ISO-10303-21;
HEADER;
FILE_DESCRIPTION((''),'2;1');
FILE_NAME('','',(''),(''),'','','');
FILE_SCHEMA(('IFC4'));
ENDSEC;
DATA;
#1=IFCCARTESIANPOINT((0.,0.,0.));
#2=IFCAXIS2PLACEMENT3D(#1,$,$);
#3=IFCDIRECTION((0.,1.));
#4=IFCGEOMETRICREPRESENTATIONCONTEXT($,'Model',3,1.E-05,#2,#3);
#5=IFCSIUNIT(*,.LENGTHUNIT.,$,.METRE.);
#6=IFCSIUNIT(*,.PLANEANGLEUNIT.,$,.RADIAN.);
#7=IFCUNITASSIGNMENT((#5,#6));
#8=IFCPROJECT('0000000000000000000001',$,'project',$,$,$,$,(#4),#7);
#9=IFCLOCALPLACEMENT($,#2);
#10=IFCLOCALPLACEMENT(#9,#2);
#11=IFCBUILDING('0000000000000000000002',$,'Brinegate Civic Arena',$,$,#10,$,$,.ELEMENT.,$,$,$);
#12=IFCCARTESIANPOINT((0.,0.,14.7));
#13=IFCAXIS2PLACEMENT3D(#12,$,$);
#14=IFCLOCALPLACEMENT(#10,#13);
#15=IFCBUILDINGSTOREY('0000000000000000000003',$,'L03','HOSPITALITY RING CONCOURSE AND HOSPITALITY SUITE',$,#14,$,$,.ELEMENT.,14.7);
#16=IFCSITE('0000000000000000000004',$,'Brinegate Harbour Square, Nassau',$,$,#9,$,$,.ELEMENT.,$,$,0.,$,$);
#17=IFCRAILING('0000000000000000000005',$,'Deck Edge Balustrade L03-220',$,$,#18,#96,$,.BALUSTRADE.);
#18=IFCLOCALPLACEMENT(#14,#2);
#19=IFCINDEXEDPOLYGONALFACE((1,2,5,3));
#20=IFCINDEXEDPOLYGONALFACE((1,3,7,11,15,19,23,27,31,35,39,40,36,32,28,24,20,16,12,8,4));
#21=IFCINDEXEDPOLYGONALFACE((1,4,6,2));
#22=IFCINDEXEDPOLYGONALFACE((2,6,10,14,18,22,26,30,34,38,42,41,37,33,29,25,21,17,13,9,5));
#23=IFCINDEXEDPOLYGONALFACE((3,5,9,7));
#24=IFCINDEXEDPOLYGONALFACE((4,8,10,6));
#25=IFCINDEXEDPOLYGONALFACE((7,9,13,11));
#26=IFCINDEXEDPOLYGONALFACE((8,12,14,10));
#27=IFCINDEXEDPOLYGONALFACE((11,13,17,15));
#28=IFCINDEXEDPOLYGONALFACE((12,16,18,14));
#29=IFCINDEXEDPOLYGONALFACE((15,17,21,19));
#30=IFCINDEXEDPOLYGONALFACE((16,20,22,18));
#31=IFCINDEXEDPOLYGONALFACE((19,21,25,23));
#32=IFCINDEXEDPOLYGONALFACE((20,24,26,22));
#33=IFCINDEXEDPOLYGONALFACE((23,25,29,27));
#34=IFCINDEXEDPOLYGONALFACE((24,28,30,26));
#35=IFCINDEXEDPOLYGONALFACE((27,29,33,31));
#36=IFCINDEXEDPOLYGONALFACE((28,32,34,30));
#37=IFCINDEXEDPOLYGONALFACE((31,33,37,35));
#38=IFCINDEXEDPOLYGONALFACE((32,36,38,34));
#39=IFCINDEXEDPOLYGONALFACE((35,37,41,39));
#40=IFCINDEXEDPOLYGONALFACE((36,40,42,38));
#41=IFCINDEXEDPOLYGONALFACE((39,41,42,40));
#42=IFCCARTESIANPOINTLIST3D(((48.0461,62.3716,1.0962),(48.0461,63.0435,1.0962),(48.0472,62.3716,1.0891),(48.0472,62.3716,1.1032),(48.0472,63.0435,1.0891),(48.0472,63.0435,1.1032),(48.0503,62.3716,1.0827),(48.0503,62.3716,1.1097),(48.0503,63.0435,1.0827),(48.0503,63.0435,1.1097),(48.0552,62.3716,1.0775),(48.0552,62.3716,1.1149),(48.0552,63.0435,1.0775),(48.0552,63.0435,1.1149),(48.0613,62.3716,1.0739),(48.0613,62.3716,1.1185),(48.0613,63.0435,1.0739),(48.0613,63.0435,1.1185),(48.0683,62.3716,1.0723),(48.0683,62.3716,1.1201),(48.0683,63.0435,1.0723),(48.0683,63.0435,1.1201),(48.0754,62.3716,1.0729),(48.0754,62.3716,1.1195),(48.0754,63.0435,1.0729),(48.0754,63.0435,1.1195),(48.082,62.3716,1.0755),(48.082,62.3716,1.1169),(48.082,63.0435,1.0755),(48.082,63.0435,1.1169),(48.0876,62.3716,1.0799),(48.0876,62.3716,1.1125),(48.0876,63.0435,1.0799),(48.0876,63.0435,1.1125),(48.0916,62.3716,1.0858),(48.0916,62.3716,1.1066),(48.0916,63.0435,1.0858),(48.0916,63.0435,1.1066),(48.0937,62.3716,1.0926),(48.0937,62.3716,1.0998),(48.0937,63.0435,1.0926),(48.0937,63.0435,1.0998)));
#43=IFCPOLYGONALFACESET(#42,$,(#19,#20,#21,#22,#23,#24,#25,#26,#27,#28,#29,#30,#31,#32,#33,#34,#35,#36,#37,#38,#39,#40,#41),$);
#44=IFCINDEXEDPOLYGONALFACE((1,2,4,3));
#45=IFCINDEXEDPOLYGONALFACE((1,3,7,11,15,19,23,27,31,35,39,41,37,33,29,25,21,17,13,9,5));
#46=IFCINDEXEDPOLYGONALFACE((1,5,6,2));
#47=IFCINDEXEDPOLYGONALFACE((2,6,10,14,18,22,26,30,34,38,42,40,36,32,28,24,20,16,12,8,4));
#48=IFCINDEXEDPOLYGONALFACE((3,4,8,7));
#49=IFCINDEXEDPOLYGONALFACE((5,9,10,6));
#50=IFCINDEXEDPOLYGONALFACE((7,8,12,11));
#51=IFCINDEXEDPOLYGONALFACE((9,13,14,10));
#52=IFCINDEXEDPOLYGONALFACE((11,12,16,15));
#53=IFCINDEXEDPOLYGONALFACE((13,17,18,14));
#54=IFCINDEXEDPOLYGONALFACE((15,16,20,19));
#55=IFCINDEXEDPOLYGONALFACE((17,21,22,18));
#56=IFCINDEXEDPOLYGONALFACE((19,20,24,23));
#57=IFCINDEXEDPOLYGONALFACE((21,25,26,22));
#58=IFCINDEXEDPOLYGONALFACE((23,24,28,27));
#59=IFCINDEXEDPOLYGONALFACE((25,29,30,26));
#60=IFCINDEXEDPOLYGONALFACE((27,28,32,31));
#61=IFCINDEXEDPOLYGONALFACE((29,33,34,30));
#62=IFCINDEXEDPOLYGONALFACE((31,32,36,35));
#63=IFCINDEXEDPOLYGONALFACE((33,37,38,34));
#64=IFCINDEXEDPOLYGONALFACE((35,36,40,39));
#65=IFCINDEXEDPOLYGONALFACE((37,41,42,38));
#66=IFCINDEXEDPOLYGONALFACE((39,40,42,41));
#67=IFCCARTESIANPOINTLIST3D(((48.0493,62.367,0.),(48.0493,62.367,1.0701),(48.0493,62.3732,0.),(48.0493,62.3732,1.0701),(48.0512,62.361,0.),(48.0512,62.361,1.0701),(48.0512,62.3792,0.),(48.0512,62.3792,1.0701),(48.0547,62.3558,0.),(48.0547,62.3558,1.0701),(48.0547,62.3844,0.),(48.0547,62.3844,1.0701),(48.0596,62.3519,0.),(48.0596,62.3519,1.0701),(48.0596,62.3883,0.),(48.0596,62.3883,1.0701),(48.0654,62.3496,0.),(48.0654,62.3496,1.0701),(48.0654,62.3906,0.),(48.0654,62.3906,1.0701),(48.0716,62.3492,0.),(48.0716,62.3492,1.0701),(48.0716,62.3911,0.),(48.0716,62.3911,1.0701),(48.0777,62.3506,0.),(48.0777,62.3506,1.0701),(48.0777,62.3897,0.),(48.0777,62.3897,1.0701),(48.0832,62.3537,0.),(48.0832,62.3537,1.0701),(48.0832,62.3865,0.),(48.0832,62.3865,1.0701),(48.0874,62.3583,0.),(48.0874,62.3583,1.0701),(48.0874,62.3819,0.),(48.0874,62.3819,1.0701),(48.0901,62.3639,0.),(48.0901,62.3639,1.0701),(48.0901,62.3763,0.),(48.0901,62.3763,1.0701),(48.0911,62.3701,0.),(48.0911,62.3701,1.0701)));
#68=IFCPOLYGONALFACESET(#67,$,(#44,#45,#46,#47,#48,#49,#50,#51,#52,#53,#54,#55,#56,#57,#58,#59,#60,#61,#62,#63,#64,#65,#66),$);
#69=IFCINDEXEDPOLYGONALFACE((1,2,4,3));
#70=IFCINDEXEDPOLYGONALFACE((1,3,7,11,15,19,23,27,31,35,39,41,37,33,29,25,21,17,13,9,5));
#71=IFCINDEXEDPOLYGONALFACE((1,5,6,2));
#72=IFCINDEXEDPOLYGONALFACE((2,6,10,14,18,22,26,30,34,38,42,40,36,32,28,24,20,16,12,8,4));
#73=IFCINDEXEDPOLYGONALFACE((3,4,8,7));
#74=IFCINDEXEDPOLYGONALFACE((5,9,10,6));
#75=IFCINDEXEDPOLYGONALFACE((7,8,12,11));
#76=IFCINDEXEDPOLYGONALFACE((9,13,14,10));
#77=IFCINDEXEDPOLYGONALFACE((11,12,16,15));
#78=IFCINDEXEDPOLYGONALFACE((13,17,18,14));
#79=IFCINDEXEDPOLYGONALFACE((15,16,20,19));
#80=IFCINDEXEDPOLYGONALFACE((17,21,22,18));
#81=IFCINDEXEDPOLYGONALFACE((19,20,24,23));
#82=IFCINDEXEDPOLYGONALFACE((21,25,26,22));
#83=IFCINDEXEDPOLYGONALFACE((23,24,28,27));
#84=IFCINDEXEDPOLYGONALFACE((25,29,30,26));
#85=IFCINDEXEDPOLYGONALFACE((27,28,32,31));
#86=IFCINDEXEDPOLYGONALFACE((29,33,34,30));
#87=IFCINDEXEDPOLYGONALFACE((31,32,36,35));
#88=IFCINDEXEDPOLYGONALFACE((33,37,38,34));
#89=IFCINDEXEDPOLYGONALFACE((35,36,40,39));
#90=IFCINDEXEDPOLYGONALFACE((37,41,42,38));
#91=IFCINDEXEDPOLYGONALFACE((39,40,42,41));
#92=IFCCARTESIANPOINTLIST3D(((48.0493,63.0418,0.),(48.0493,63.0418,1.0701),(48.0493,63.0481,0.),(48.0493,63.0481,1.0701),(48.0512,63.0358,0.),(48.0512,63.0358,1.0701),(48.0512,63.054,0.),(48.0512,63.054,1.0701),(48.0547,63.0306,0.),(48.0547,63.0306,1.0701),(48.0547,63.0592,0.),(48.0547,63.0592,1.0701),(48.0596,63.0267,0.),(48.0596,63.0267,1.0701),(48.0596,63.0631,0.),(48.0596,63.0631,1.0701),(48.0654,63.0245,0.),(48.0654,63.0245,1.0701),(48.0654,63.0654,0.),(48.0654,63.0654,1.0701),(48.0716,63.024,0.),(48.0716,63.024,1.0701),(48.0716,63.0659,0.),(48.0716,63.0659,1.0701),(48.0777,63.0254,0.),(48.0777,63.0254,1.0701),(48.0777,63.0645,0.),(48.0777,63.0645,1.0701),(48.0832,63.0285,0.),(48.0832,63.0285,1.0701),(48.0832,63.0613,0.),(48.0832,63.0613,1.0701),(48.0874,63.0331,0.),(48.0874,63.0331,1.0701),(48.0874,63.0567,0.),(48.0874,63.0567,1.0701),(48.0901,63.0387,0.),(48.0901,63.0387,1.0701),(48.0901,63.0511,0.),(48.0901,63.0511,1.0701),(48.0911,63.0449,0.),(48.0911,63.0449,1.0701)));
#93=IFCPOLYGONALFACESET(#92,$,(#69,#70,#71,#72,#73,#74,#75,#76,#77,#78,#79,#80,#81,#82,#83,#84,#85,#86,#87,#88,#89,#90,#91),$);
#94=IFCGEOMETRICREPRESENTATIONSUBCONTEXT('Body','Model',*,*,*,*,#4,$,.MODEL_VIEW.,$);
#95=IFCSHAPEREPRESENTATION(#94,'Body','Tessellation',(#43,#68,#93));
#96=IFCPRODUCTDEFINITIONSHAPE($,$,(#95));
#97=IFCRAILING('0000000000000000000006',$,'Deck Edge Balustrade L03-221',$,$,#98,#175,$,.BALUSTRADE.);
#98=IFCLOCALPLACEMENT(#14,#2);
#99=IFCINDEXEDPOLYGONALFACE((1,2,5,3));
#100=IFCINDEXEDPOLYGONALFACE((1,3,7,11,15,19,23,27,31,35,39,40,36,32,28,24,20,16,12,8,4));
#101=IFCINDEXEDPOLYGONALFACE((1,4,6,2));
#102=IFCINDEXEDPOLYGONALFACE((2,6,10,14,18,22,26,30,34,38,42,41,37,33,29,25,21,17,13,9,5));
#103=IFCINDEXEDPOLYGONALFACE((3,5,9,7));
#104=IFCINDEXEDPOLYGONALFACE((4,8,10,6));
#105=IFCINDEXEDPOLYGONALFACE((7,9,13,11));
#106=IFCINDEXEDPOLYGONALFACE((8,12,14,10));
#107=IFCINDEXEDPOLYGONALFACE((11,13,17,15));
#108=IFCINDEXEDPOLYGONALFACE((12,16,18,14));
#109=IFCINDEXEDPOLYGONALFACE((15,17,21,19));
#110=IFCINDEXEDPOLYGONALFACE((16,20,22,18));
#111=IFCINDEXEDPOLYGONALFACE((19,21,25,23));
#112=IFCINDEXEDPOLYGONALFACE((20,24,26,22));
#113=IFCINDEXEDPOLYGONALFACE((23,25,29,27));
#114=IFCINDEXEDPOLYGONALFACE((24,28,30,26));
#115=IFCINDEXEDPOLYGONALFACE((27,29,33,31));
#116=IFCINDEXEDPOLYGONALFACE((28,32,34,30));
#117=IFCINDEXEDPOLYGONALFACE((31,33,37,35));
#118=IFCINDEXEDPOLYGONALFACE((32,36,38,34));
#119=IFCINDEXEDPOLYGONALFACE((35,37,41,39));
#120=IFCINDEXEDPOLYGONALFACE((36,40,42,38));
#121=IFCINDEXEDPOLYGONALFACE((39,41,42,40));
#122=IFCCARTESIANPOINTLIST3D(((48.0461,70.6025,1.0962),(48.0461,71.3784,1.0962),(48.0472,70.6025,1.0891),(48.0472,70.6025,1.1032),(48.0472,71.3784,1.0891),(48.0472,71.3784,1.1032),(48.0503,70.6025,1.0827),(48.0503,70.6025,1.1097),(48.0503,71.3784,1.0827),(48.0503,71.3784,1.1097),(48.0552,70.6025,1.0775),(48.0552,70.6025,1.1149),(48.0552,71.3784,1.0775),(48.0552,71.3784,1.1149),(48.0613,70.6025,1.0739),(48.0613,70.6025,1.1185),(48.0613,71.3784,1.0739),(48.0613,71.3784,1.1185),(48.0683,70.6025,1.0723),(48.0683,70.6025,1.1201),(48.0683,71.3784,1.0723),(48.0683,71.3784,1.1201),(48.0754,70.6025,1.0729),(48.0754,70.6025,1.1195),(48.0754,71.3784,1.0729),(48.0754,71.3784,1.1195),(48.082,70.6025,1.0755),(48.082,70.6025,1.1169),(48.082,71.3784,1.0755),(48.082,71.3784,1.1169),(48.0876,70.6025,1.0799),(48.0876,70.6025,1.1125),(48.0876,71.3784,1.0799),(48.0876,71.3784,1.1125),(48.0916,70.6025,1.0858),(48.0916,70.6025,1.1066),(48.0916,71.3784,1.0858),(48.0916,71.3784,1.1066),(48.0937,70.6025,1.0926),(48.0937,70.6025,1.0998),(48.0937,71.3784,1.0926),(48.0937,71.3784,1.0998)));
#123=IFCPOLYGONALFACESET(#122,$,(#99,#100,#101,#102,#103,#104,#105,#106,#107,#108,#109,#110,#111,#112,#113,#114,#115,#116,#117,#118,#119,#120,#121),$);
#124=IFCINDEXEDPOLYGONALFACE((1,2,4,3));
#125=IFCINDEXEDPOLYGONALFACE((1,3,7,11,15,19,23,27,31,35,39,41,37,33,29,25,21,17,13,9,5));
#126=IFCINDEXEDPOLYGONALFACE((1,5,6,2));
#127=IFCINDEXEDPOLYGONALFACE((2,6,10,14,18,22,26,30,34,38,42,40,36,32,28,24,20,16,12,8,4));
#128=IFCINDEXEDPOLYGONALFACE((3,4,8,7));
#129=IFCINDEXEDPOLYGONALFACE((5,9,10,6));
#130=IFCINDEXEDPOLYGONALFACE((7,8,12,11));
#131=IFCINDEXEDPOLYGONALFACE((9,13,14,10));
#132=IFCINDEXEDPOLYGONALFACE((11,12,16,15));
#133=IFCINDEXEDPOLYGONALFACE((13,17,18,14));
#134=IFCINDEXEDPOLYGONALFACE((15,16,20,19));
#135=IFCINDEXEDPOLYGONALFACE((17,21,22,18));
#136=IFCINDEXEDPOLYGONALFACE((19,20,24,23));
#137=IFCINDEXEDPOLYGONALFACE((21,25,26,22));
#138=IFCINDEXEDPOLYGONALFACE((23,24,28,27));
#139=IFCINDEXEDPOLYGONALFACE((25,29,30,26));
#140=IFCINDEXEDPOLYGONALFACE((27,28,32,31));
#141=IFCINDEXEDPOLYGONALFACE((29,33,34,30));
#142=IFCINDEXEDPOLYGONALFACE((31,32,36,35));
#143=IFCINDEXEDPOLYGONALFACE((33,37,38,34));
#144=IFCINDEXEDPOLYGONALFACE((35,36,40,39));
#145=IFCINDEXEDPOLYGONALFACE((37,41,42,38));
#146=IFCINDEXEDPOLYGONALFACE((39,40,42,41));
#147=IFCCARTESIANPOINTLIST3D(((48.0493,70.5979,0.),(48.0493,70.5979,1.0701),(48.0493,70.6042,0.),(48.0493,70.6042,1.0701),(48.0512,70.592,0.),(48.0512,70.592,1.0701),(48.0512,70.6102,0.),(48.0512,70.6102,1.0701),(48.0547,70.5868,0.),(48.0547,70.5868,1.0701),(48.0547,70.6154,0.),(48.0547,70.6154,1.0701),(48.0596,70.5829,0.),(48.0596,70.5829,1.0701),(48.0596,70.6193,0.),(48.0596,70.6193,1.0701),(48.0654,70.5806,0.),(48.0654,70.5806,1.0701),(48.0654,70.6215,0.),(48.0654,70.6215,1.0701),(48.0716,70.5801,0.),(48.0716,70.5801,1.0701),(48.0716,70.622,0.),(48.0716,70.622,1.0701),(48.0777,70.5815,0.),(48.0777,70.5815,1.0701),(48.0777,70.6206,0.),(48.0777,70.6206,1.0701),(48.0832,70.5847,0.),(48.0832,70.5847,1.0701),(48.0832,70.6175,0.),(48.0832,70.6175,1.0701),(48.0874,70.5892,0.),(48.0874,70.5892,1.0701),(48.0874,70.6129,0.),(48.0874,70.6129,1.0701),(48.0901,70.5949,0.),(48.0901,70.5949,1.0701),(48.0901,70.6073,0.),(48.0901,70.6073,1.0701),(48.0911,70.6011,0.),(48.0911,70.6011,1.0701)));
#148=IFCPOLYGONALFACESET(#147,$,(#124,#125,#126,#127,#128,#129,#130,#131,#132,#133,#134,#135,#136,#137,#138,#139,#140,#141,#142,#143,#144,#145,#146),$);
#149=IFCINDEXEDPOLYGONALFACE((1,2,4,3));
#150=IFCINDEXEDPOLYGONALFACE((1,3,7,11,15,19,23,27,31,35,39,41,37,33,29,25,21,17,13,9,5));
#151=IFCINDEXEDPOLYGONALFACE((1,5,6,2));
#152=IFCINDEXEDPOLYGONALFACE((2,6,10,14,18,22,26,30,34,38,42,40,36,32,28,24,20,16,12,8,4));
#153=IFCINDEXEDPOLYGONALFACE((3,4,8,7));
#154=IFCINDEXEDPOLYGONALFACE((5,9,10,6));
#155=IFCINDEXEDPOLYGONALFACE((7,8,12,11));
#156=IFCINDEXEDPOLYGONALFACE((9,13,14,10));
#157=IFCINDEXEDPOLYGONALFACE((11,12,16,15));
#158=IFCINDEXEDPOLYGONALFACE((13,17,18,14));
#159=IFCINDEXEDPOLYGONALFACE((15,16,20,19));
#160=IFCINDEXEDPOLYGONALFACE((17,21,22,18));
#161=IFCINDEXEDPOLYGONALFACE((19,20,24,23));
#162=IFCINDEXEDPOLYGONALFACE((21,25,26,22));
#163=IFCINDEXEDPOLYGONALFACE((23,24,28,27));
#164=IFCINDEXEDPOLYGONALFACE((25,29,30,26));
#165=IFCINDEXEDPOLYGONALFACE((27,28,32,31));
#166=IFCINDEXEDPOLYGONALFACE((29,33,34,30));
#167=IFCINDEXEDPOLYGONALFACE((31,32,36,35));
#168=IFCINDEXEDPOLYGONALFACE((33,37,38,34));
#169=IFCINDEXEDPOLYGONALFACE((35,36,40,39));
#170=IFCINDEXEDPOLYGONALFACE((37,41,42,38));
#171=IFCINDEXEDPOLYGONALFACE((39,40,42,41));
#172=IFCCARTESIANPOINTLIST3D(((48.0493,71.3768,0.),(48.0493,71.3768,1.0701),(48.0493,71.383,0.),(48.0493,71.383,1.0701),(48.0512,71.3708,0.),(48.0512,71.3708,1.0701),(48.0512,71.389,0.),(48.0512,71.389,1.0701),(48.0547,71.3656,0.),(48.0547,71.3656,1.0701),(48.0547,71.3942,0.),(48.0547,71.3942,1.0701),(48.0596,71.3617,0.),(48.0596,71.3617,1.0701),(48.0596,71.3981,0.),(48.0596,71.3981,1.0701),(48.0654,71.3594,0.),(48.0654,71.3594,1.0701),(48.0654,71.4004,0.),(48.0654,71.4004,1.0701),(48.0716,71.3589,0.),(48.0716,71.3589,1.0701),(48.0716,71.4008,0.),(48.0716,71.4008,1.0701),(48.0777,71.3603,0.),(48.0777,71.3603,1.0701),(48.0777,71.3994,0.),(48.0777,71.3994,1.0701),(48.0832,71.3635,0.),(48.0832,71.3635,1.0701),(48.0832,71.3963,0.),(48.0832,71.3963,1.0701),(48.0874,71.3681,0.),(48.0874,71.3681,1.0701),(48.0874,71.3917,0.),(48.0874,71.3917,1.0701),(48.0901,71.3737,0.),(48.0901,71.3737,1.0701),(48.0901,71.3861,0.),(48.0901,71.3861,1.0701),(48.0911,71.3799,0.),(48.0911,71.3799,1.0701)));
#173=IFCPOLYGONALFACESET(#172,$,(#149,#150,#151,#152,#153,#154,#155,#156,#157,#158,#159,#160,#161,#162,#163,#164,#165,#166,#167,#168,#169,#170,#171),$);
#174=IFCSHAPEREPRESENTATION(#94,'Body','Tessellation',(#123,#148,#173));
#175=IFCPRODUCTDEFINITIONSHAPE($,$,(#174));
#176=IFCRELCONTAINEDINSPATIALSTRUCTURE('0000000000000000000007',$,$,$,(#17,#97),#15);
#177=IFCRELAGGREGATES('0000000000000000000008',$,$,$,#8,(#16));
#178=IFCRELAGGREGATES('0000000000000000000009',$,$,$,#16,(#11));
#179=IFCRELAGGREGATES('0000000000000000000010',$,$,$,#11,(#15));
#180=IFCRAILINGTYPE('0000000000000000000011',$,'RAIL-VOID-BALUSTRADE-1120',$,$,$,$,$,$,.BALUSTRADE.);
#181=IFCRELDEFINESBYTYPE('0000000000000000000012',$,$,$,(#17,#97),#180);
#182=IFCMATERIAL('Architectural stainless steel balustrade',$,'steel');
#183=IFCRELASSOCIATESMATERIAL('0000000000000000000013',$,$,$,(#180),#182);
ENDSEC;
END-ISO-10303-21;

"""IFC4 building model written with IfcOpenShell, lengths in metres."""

from ifc_helpers import new_model, si_unit, direction, frame, origin, origin_2d, place, context, subcontext, project, spatial, circle, extrude, material, type_object, element, save


model = new_model("IFC4")

# Units and contexts
model_context = context("Model", 3, precision=1e-05, world=origin(), true_north=direction((0.0, 1.0)))
body_context = subcontext(model_context, "Body", "Model", "MODEL_VIEW")
ifc_project = project(units=[si_unit("LENGTHUNIT", "METRE"), si_unit("PLANEANGLEUNIT", "RADIAN")], contexts=[model_context])

# Site, building, storey
site_placement = place(None, origin())
site = spatial("IfcSite", under=ifc_project, at=site_placement, Name="Brinegate Harbour Square, Nassau", CompositionType="ELEMENT", RefElevation=0.0)
building_placement = place(site_placement, origin())
building = spatial("IfcBuilding", under=site, at=building_placement, Name="Brinegate Civic Arena", CompositionType="ELEMENT")
storey_placement = place(building_placement, frame((0.0, 0.0, 14.7)))
storey = spatial("IfcBuildingStorey", under=building, at=storey_placement, Name="L03", Description="HOSPITALITY RING CONCOURSE AND HOSPITALITY SUITE", CompositionType="ELEMENT", Elevation=14.7)

# Railings
ifc_material_1 = material(Name="Architectural stainless steel balustrade", Category="steel")
railing_type_1 = type_object("IfcRailingType", Name="RAIL-VOID-BALUSTRADE-1120", PredefinedType="BALUSTRADE", material=ifc_material_1)
for number, where, name in (
    (1, (48.0701, 62.3701, 0.0), "Deck Edge Balustrade L03-220"),
):
    element("IfcRailing", number, at=place(storey_placement, frame(where)), inside=storey, type_object=railing_type_1, Name=name, PredefinedType="BALUSTRADE", context=body_context, shape_type="SweptSolid", body=[
        extrude(circle(Radius=0.0239, at=origin_2d()), frame((0.0, 0.0015, 1.0962), z_axis=(0.0, 1.0, 0.0), x_axis=(-1.0, 0.0, 0.0)), (0.0, 0.0, 1.0), 0.6719),
        extrude(circle(Radius=0.021, at=origin_2d()), origin(), (0.0, 0.0, 1.0), 1.0701),
        extrude(circle(Radius=0.021, at=origin_2d()), frame((0.0, 0.6748, 0.0)), (0.0, 0.0, 1.0), 1.0701),
    ])
for number, where, name in (
    (2, (48.0701, 70.6011, 0.0), "Deck Edge Balustrade L03-221"),
):
    element("IfcRailing", number, at=place(storey_placement, frame(where)), inside=storey, type_object=railing_type_1, Name=name, PredefinedType="BALUSTRADE", context=body_context, shape_type="SweptSolid", body=[
        extrude(circle(Radius=0.0239, at=origin_2d()), frame((0.0, 0.0015, 1.0962), z_axis=(0.0, 1.0, 0.0), x_axis=(-1.0, 0.0, 0.0)), (0.0, 0.0, 1.0), 0.7759),
        extrude(circle(Radius=0.021, at=origin_2d()), origin(), (0.0, 0.0, 1.0), 1.0701),
        extrude(circle(Radius=0.021, at=origin_2d()), frame((0.0, 0.7788, 0.0)), (0.0, 0.0, 1.0), 1.0701),
    ])

save(model, "model.ifc")
